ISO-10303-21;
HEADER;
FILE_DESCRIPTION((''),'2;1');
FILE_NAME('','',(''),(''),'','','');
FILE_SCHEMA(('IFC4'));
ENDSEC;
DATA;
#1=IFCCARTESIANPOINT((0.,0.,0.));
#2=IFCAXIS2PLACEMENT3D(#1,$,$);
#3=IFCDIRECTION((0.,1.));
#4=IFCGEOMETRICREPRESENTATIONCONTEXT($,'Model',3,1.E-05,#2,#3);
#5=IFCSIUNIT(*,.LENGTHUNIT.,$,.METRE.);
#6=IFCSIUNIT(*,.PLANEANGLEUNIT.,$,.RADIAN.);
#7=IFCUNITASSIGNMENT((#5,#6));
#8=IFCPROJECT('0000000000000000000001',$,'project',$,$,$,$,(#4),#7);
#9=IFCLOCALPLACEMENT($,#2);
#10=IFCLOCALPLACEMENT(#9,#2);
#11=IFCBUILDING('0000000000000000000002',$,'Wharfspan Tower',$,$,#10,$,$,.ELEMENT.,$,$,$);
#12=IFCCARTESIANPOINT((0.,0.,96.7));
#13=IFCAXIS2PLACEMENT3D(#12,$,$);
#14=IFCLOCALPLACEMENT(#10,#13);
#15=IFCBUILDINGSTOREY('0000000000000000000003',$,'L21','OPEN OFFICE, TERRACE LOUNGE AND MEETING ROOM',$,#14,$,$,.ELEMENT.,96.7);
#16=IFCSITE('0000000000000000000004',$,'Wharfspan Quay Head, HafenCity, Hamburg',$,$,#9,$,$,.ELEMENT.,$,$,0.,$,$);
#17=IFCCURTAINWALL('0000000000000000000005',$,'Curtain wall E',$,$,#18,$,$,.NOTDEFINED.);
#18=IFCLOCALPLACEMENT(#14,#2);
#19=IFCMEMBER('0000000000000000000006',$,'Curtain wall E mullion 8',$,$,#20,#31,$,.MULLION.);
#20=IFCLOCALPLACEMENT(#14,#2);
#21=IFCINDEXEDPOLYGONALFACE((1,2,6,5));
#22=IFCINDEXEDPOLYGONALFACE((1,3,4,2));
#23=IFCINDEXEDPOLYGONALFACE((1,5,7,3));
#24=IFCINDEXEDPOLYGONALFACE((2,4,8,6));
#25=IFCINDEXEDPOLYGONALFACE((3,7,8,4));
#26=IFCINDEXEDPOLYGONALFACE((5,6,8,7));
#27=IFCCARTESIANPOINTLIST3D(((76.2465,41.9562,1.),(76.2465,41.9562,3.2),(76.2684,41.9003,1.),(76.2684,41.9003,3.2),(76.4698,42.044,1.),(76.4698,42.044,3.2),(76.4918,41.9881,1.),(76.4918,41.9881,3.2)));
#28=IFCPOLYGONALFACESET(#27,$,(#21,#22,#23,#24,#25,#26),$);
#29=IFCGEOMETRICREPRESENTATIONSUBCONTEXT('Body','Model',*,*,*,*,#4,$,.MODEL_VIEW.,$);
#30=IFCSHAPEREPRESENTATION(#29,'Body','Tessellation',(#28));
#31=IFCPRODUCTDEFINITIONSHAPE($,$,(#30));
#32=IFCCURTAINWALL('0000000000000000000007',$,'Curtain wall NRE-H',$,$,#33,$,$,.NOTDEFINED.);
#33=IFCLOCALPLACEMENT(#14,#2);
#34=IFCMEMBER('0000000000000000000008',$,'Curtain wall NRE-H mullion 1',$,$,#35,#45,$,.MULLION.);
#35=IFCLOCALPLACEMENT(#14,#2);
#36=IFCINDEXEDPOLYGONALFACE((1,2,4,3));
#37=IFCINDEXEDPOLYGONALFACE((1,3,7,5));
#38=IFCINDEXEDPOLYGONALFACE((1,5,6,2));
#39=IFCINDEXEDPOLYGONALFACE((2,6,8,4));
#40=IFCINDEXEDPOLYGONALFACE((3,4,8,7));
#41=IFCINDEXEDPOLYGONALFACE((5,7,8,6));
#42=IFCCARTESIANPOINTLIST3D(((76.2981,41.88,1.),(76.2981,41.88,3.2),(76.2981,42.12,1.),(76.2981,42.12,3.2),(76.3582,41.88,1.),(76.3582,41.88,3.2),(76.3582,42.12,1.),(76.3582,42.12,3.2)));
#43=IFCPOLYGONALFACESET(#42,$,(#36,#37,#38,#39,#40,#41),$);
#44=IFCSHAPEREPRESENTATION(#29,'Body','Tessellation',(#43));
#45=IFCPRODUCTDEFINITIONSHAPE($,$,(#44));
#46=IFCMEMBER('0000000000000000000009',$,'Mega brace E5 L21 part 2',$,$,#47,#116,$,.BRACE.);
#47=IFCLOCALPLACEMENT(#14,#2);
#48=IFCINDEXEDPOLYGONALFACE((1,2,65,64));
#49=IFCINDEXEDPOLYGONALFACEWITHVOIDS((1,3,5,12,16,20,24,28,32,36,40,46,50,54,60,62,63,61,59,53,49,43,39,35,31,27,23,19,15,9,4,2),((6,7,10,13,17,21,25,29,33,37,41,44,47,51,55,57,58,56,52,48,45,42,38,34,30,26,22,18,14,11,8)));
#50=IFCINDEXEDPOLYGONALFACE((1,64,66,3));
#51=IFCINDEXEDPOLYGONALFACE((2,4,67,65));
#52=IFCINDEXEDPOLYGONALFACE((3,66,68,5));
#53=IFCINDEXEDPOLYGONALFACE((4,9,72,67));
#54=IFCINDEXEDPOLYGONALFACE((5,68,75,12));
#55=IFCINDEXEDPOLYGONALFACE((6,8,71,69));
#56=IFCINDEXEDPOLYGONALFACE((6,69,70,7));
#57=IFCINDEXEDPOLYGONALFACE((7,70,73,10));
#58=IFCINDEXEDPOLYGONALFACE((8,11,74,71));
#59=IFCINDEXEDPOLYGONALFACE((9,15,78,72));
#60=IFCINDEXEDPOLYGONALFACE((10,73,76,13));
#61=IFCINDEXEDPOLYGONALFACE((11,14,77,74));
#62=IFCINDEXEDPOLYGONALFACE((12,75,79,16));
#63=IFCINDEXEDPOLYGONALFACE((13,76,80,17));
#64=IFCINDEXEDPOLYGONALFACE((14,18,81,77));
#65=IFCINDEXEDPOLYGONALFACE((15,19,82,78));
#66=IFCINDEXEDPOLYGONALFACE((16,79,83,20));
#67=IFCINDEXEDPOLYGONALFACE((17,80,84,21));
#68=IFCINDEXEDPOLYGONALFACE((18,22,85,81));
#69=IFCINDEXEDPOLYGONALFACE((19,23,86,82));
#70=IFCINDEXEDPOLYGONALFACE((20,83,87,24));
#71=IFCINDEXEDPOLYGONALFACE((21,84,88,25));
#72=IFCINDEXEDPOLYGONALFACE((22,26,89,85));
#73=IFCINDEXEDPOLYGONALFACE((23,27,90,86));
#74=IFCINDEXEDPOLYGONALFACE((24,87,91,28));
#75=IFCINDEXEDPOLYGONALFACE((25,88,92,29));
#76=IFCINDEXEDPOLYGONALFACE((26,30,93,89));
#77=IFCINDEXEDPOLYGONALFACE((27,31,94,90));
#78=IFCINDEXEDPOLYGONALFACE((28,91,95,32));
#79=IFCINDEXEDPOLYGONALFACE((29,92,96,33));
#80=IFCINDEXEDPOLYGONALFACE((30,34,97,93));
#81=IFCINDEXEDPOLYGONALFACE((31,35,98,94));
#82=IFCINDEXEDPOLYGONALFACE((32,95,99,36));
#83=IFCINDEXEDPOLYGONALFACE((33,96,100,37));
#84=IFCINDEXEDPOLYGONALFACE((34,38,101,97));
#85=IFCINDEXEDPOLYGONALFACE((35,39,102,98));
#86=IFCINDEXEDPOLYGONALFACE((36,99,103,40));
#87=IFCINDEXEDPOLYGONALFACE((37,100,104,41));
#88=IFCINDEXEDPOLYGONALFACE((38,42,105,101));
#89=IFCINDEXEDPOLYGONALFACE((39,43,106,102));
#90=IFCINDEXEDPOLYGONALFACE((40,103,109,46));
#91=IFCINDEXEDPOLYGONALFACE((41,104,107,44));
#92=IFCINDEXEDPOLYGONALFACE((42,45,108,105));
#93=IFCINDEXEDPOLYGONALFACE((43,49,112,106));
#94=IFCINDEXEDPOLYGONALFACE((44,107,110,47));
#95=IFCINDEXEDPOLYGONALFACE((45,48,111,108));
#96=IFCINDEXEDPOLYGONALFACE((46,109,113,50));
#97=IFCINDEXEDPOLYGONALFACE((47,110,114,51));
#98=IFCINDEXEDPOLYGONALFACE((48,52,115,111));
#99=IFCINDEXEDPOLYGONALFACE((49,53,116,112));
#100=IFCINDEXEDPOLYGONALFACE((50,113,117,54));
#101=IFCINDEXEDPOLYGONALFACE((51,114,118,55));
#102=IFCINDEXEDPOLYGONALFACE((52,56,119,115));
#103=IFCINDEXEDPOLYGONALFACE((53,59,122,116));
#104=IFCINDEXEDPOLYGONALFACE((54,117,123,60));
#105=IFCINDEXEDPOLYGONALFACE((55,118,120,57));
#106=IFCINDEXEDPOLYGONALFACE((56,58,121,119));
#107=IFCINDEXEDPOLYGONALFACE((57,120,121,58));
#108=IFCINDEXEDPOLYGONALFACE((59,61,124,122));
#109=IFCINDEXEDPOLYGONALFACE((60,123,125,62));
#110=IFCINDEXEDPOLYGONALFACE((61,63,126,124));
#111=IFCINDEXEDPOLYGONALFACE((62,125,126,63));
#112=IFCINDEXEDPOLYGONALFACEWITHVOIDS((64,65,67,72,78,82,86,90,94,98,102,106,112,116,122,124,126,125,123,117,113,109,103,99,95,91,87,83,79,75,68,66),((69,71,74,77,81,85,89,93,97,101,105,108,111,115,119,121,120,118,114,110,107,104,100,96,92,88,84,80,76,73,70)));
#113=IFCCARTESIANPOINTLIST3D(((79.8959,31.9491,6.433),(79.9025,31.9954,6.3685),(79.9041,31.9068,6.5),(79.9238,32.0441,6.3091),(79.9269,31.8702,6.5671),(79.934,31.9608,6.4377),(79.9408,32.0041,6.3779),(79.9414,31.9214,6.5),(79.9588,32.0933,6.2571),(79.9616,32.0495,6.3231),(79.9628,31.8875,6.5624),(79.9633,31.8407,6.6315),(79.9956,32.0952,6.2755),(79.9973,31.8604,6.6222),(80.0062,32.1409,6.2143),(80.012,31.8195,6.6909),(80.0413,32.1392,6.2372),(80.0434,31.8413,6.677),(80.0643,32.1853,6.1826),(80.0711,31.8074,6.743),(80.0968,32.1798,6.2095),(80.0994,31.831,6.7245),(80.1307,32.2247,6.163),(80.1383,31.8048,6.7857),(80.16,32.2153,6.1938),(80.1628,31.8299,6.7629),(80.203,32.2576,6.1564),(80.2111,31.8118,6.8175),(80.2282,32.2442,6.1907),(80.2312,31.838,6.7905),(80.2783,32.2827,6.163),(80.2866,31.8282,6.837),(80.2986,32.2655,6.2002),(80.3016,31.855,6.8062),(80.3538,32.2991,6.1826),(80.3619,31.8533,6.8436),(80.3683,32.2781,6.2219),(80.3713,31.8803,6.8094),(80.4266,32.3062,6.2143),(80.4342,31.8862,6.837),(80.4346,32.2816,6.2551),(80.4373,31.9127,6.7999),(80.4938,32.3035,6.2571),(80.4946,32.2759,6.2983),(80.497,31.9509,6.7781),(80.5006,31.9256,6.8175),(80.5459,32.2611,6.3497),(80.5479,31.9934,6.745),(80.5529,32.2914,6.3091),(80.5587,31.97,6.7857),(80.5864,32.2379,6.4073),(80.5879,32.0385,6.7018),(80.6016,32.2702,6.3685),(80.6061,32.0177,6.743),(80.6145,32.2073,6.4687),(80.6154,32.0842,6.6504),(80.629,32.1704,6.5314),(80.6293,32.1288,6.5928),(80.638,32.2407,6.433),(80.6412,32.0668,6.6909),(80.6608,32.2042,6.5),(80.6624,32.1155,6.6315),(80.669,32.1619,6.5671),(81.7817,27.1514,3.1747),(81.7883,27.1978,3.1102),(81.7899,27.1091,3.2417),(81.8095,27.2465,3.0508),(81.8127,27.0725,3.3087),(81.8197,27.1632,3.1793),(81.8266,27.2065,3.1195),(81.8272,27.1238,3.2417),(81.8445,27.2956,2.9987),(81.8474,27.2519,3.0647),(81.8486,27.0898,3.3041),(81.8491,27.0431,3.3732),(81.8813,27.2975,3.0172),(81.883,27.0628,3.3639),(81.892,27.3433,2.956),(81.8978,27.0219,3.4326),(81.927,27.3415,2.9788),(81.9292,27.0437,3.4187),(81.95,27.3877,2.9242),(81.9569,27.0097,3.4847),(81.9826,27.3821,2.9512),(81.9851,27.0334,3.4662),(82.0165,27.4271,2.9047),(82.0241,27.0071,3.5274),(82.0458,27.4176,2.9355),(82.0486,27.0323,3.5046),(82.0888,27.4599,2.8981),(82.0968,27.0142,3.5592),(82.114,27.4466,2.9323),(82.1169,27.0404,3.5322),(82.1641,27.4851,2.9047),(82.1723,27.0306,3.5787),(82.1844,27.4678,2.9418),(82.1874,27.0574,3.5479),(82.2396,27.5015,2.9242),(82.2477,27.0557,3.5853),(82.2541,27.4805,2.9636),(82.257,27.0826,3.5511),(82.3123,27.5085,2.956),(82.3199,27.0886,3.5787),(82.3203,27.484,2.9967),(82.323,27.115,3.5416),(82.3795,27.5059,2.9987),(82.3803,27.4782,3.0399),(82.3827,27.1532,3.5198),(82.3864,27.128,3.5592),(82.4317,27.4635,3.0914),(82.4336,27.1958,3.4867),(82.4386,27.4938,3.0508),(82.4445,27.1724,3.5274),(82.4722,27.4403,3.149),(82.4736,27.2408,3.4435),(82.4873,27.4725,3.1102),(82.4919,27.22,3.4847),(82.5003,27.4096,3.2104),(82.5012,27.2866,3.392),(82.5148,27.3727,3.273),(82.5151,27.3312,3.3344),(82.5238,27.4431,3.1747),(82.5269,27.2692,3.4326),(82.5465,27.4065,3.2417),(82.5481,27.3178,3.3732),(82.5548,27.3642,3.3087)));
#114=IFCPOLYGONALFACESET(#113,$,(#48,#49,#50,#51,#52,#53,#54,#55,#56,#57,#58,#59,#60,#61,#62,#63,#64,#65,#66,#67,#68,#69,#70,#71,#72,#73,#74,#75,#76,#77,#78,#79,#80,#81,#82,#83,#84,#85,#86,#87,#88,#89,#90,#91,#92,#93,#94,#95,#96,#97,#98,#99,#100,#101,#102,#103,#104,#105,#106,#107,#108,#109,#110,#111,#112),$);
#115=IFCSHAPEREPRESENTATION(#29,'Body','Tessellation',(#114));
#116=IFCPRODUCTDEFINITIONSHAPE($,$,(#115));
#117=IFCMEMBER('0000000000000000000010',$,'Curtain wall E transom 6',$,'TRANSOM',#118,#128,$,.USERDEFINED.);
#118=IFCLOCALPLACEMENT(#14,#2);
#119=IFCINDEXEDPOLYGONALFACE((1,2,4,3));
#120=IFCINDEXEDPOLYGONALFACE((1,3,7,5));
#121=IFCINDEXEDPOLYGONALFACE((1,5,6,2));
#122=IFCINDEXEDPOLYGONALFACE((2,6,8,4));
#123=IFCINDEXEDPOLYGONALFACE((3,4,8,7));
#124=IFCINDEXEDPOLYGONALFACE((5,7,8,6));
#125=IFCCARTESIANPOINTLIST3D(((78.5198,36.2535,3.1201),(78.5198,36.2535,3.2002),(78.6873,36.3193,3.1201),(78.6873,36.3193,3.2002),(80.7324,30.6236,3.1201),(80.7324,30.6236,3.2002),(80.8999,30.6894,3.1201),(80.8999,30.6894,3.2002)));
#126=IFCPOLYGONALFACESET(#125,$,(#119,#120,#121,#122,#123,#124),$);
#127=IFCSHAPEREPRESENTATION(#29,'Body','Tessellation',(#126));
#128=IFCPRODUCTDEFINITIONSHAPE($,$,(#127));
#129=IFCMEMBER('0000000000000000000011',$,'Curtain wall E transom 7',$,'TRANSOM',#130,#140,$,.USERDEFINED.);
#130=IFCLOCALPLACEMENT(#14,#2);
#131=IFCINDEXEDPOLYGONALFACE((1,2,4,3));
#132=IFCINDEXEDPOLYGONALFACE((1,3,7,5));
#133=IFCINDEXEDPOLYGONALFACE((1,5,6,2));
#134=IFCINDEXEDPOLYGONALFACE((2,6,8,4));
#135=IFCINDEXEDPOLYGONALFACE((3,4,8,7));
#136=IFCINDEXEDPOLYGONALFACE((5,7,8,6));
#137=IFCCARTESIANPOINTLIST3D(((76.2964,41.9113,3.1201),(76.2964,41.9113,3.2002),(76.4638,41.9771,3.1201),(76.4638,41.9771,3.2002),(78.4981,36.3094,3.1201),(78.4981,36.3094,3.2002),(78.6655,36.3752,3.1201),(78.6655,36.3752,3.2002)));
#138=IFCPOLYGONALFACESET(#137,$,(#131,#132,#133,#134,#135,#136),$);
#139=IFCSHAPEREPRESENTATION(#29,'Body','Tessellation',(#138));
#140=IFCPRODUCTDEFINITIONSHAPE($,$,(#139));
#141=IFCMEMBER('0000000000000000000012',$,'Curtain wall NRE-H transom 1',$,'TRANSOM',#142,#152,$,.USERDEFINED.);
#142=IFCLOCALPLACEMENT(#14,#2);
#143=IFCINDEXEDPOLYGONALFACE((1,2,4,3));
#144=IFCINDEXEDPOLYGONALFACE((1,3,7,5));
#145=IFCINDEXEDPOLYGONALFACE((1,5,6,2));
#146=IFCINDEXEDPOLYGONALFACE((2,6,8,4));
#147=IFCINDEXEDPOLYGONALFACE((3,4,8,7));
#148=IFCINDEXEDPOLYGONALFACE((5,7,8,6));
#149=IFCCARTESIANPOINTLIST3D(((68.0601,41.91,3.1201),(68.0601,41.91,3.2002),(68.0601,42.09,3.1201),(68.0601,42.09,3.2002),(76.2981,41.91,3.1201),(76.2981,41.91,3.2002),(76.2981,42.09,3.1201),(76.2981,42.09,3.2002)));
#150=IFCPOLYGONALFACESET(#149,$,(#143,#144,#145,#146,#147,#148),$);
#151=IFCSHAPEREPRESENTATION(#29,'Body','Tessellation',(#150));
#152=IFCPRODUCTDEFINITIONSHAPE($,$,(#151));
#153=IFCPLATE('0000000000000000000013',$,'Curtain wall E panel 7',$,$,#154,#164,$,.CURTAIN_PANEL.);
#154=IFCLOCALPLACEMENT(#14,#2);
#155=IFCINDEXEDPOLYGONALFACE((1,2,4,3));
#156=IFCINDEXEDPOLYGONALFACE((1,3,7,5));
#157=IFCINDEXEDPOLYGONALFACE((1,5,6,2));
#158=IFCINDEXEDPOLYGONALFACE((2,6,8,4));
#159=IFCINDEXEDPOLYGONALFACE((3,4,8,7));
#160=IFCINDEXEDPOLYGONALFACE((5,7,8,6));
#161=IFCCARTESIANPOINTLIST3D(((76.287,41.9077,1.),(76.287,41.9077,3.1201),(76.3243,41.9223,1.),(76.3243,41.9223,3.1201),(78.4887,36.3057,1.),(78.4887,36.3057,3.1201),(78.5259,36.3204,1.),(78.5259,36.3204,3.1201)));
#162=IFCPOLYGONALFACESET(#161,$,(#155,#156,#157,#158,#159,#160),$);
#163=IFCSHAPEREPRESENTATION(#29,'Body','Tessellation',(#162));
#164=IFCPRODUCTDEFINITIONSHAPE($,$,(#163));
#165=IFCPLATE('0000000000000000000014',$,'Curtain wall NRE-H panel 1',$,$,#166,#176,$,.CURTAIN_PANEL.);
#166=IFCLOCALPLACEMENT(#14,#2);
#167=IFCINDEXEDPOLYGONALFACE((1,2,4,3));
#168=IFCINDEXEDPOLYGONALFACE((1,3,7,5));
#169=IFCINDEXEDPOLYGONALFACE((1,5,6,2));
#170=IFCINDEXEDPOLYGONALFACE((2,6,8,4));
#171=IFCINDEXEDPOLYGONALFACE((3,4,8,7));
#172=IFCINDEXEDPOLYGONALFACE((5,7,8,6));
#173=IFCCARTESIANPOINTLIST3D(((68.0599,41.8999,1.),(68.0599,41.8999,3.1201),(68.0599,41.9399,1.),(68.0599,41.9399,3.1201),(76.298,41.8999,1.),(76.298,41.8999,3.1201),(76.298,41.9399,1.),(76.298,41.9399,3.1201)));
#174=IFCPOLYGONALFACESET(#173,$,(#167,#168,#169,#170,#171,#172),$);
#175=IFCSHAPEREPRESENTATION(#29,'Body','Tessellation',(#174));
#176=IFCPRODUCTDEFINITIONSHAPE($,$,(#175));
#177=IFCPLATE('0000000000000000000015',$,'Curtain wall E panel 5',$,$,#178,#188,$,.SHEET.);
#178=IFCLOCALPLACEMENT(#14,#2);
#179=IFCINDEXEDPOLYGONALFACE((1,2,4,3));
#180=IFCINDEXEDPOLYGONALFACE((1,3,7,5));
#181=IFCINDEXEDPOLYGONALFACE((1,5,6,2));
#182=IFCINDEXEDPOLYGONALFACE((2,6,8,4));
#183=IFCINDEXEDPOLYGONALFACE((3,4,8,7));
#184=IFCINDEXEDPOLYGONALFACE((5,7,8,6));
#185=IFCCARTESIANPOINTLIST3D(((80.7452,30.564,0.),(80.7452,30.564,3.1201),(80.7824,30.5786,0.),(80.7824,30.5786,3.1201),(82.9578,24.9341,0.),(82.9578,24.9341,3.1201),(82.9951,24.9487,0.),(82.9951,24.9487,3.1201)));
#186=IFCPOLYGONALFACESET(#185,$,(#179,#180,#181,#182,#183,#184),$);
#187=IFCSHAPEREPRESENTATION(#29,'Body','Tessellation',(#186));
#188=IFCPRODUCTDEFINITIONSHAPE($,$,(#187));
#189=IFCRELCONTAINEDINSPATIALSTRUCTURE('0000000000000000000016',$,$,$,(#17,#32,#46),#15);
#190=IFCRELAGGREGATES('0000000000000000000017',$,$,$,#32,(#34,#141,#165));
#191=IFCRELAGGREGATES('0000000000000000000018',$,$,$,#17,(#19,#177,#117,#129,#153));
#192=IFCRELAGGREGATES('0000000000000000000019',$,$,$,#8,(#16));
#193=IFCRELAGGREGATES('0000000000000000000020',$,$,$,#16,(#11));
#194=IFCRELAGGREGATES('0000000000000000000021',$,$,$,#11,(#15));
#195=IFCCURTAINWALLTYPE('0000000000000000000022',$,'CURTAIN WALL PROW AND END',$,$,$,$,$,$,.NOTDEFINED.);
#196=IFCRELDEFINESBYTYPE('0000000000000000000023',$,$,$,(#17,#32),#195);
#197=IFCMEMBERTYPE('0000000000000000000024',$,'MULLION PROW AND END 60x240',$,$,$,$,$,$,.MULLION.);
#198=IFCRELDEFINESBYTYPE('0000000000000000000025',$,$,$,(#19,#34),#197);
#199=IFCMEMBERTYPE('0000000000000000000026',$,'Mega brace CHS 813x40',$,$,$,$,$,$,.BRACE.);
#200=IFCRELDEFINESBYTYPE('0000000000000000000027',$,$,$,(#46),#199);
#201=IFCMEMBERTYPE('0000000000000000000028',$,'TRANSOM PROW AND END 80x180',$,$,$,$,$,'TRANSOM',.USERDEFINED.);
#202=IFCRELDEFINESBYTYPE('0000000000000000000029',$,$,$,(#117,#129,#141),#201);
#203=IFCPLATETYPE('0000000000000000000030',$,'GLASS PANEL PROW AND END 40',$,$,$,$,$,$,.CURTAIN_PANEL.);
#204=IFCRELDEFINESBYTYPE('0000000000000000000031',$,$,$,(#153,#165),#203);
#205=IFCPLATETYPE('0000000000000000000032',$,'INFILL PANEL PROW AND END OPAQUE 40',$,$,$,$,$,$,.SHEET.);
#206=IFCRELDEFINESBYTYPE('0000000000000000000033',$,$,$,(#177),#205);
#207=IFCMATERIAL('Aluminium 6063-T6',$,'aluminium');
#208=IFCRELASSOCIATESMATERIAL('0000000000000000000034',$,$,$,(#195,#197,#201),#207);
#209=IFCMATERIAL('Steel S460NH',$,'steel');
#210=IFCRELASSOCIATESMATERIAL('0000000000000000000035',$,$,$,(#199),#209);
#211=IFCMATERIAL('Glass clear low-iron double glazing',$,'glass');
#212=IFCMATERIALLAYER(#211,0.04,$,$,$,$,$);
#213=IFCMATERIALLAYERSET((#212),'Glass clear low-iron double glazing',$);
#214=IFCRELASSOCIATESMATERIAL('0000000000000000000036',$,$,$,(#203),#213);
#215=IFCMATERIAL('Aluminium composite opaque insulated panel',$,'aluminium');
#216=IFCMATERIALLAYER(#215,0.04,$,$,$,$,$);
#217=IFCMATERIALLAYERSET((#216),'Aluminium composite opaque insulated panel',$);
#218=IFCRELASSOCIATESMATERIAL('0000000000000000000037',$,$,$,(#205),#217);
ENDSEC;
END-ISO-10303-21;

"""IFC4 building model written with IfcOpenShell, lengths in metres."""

from ifc_helpers import new_model, si_unit, direction, frame, origin, origin_2d, place, context, subcontext, project, spatial, rectangle, hollow_circle, extrude, material, layer, layer_set, material_profile, profile_set, type_object, element, aggregate, save


model = new_model("IFC4")

# Units and contexts
model_context = context("Model", 3, precision=1e-05, world=origin(), true_north=direction((0.0, 1.0)))
body_context = subcontext(model_context, "Body", "Model", "MODEL_VIEW")
ifc_project = project(units=[si_unit("LENGTHUNIT", "METRE"), si_unit("PLANEANGLEUNIT", "RADIAN")], contexts=[model_context])

# Site, building, storey
site_placement = place(None, origin())
site = spatial("IfcSite", under=ifc_project, at=site_placement, Name="Wharfspan Quay Head, HafenCity, Hamburg", CompositionType="ELEMENT", RefElevation=0.0)
building_placement = place(site_placement, origin())
building = spatial("IfcBuilding", under=site, at=building_placement, Name="Wharfspan Tower", CompositionType="ELEMENT")
storey_placement = place(building_placement, frame((0.0, 0.0, 96.7)))
storey = spatial("IfcBuildingStorey", under=building, at=storey_placement, Name="L21", Description="OPEN OFFICE, TERRACE LOUNGE AND MEETING ROOM", CompositionType="ELEMENT", Elevation=96.7)

# Shared definitions
ifc_material_1 = material(Name="Steel S460NH", Category="steel")

# Curtain wall, member
ifc_material_2 = material(Name="Aluminium 6063-T6", Category="aluminium")
curtain_wall_type = type_object("IfcCurtainWallType", Name="CURTAIN WALL PROW AND END", PredefinedType="NOTDEFINED", material=ifc_material_2)
curtain_wall_1_placement = place(storey_placement, origin())
curtain_wall_1 = element("IfcCurtainWall", 1, at=curtain_wall_1_placement, inside=storey, type_object=curtain_wall_type, Name="Curtain wall E", PredefinedType="NOTDEFINED")
ifc_material_profile_1 = material_profile(ifc_material_2, rectangle(XDim=0.24, YDim=0.0601, at=origin_2d()))
ifc_profile_set_1 = profile_set([ifc_material_profile_1], Name="Aluminium 6063-T6")
member_type_1 = type_object("IfcMemberType", Name="MULLION PROW AND END 60x240", PredefinedType="MULLION", material=ifc_profile_set_1)
member_1_placement = place(storey_placement, frame((76.3691, 41.9722, 1.0), z_axis=(0.0, 0.0, 1.0), x_axis=(-0.930702, -0.365778, 0.0)))
member_1 = element("IfcMember", 2, at=member_1_placement, type_object=member_type_1, Name="Curtain wall E mullion 8", PredefinedType="MULLION", context=body_context, shape_type="SweptSolid", body=[
    extrude(rectangle(XDim=0.24, YDim=0.0601, at=origin_2d()), origin(), (0.0, 0.0, 1.0), 2.2),
])

# Curtain wall, member
curtain_wall_2_placement = place(storey_placement, origin())
curtain_wall_2 = element("IfcCurtainWall", 3, at=curtain_wall_2_placement, inside=storey, type_object=curtain_wall_type, Name="Curtain wall NRE-H", PredefinedType="NOTDEFINED")
member_2_placement = place(storey_placement, frame((76.3281, 42.0, 1.0), z_axis=(0.0, 0.0, 1.0), x_axis=(0.0, -1.0, 0.0)))
member_2 = element("IfcMember", 4, at=member_2_placement, type_object=member_type_1, Name="Curtain wall NRE-H mullion 1", PredefinedType="MULLION", context=body_context, shape_type="SweptSolid", body=[
    extrude(rectangle(XDim=0.24, YDim=0.0601, at=origin_2d()), origin(), (0.0, 0.0, 1.0), 2.2),
])

# Members
ifc_material_profile_2 = material_profile(ifc_material_1, hollow_circle(Radius=0.4065, WallThickness=0.04, at=origin_2d()))
ifc_profile_set_2 = profile_set([ifc_material_profile_2], Name="Steel S460NH")
member_type_2 = type_object("IfcMemberType", Name="Mega brace CHS 813x40", PredefinedType="BRACE", material=ifc_profile_set_2)
member_3_placement = place(storey_placement, frame((82.1682, 27.2578, 3.2417), z_axis=(-0.309223, 0.786709, 0.534294), x_axis=(-0.930685, -0.365812, -0.000003)))
element("IfcMember", 5, at=member_3_placement, inside=storey, type_object=member_type_2, Name="Mega brace E5 L21 part 2", PredefinedType="BRACE", context=body_context, shape_type="SweptSolid", body=[
    extrude(hollow_circle(Radius=0.4065, WallThickness=0.04, at=origin_2d()), origin(), (0.0, 0.0, 1.0), 6.0984),
])
ifc_material_profile_3 = material_profile(ifc_material_2, rectangle(XDim=0.1799, YDim=0.0801, at=origin_2d()))
ifc_profile_set_3 = profile_set([ifc_material_profile_3], Name="Aluminium 6063-T6")
member_type_3 = type_object("IfcMemberType", Name="TRANSOM PROW AND END 80x180", ElementType="TRANSOM", PredefinedType="USERDEFINED", material=ifc_profile_set_3)
member_4_placement = place(storey_placement, frame((80.8162, 30.6565, 3.1602), z_axis=(-0.365782, 0.9307, 0.0), x_axis=(-0.9307, -0.365782, 0.0)))
member_4 = element("IfcMember", 6, at=member_4_placement, type_object=member_type_3, Name="Curtain wall E transom 6", ObjectType="TRANSOM", PredefinedType="USERDEFINED", context=body_context, shape_type="SweptSolid", body=[
    extrude(rectangle(XDim=0.1799, YDim=0.0801, at=origin_2d()), origin(), (0.0, 0.0, 1.0), 6.0491),
])
member_5_placement = place(storey_placement, frame((78.5818, 36.3423, 3.1602), z_axis=(-0.365789, 0.930698, 0.0), x_axis=(-0.930698, -0.365789, 0.0)))
member_5 = element("IfcMember", 7, at=member_5_placement, type_object=member_type_3, Name="Curtain wall E transom 7", ObjectType="TRANSOM", PredefinedType="USERDEFINED", context=body_context, shape_type="SweptSolid", body=[
    extrude(rectangle(XDim=0.1799, YDim=0.0801, at=origin_2d()), origin(), (0.0, 0.0, 1.0), 6.019),
])
member_6_placement = place(storey_placement, frame((76.2981, 42.0, 3.1602), z_axis=(-1.0, 0.0, 0.0), x_axis=(0.0, -1.0, 0.0)))
member_6 = element("IfcMember", 8, at=member_6_placement, type_object=member_type_3, Name="Curtain wall NRE-H transom 1", ObjectType="TRANSOM", PredefinedType="USERDEFINED", context=body_context, shape_type="SweptSolid", body=[
    extrude(rectangle(XDim=0.1799, YDim=0.0801, at=origin_2d()), origin(), (0.0, 0.0, 1.0), 8.238),
])

# Plates
ifc_material_3 = material(Name="Glass clear low-iron double glazing", Category="glass")
ifc_layer_1 = layer(ifc_material_3, 0.04)
ifc_layer_set_1 = layer_set([ifc_layer_1], Name="Glass clear low-iron double glazing")
plate_type_1 = type_object("IfcPlateType", Name="GLASS PANEL PROW AND END 40", PredefinedType="CURTAIN_PANEL", material=ifc_layer_set_1)
plate_1_placement = place(storey_placement, frame((77.4065, 39.114, 1.0), z_axis=(0.0, 0.0, 1.0), x_axis=(-0.365778, 0.930702, 0.0)))
plate_1 = element("IfcPlate", 9, at=plate_1_placement, type_object=plate_type_1, Name="Curtain wall E panel 7", PredefinedType="CURTAIN_PANEL", context=body_context, shape_type="SweptSolid", body=[
    extrude(rectangle(XDim=6.019, YDim=0.04, at=origin_2d()), origin(), (0.0, 0.0, 1.0), 2.1201),
])
plate_2_placement = place(storey_placement, frame((72.179, 41.9199, 1.0), z_axis=(0.0, 0.0, 1.0), x_axis=(-1.0, 0.0, 0.0)))
plate_2 = element("IfcPlate", 10, at=plate_2_placement, type_object=plate_type_1, Name="Curtain wall NRE-H panel 1", PredefinedType="CURTAIN_PANEL", context=body_context, shape_type="SweptSolid", body=[
    extrude(rectangle(XDim=8.238, YDim=0.04, at=origin_2d()), origin(), (0.0, 0.0, 1.0), 2.1201),
])
aggregate(curtain_wall_2, [member_2, member_6, plate_2])
ifc_material_4 = material(Name="Aluminium composite opaque insulated panel", Category="aluminium")
ifc_layer_2 = layer(ifc_material_4, 0.04)
ifc_layer_set_2 = layer_set([ifc_layer_2], Name="Aluminium composite opaque insulated panel")
plate_type_2 = type_object("IfcPlateType", Name="INFILL PANEL PROW AND END OPAQUE 40", PredefinedType="SHEET", material=ifc_layer_set_2)
plate_3_placement = place(storey_placement, frame((81.8701, 27.7563, 0.0), z_axis=(0.0, 0.0, 1.0), x_axis=(-0.365778, 0.930702, 0.0)))
plate_3 = element("IfcPlate", 11, at=plate_3_placement, type_object=plate_type_2, Name="Curtain wall E panel 5", PredefinedType="SHEET", context=body_context, shape_type="SweptSolid", body=[
    extrude(rectangle(XDim=6.0491, YDim=0.04, at=origin_2d()), origin(), (0.0, 0.0, 1.0), 3.1201),
])
aggregate(curtain_wall_1, [member_1, plate_3, member_4, member_5, plate_1])

save(model, "model.ifc")
